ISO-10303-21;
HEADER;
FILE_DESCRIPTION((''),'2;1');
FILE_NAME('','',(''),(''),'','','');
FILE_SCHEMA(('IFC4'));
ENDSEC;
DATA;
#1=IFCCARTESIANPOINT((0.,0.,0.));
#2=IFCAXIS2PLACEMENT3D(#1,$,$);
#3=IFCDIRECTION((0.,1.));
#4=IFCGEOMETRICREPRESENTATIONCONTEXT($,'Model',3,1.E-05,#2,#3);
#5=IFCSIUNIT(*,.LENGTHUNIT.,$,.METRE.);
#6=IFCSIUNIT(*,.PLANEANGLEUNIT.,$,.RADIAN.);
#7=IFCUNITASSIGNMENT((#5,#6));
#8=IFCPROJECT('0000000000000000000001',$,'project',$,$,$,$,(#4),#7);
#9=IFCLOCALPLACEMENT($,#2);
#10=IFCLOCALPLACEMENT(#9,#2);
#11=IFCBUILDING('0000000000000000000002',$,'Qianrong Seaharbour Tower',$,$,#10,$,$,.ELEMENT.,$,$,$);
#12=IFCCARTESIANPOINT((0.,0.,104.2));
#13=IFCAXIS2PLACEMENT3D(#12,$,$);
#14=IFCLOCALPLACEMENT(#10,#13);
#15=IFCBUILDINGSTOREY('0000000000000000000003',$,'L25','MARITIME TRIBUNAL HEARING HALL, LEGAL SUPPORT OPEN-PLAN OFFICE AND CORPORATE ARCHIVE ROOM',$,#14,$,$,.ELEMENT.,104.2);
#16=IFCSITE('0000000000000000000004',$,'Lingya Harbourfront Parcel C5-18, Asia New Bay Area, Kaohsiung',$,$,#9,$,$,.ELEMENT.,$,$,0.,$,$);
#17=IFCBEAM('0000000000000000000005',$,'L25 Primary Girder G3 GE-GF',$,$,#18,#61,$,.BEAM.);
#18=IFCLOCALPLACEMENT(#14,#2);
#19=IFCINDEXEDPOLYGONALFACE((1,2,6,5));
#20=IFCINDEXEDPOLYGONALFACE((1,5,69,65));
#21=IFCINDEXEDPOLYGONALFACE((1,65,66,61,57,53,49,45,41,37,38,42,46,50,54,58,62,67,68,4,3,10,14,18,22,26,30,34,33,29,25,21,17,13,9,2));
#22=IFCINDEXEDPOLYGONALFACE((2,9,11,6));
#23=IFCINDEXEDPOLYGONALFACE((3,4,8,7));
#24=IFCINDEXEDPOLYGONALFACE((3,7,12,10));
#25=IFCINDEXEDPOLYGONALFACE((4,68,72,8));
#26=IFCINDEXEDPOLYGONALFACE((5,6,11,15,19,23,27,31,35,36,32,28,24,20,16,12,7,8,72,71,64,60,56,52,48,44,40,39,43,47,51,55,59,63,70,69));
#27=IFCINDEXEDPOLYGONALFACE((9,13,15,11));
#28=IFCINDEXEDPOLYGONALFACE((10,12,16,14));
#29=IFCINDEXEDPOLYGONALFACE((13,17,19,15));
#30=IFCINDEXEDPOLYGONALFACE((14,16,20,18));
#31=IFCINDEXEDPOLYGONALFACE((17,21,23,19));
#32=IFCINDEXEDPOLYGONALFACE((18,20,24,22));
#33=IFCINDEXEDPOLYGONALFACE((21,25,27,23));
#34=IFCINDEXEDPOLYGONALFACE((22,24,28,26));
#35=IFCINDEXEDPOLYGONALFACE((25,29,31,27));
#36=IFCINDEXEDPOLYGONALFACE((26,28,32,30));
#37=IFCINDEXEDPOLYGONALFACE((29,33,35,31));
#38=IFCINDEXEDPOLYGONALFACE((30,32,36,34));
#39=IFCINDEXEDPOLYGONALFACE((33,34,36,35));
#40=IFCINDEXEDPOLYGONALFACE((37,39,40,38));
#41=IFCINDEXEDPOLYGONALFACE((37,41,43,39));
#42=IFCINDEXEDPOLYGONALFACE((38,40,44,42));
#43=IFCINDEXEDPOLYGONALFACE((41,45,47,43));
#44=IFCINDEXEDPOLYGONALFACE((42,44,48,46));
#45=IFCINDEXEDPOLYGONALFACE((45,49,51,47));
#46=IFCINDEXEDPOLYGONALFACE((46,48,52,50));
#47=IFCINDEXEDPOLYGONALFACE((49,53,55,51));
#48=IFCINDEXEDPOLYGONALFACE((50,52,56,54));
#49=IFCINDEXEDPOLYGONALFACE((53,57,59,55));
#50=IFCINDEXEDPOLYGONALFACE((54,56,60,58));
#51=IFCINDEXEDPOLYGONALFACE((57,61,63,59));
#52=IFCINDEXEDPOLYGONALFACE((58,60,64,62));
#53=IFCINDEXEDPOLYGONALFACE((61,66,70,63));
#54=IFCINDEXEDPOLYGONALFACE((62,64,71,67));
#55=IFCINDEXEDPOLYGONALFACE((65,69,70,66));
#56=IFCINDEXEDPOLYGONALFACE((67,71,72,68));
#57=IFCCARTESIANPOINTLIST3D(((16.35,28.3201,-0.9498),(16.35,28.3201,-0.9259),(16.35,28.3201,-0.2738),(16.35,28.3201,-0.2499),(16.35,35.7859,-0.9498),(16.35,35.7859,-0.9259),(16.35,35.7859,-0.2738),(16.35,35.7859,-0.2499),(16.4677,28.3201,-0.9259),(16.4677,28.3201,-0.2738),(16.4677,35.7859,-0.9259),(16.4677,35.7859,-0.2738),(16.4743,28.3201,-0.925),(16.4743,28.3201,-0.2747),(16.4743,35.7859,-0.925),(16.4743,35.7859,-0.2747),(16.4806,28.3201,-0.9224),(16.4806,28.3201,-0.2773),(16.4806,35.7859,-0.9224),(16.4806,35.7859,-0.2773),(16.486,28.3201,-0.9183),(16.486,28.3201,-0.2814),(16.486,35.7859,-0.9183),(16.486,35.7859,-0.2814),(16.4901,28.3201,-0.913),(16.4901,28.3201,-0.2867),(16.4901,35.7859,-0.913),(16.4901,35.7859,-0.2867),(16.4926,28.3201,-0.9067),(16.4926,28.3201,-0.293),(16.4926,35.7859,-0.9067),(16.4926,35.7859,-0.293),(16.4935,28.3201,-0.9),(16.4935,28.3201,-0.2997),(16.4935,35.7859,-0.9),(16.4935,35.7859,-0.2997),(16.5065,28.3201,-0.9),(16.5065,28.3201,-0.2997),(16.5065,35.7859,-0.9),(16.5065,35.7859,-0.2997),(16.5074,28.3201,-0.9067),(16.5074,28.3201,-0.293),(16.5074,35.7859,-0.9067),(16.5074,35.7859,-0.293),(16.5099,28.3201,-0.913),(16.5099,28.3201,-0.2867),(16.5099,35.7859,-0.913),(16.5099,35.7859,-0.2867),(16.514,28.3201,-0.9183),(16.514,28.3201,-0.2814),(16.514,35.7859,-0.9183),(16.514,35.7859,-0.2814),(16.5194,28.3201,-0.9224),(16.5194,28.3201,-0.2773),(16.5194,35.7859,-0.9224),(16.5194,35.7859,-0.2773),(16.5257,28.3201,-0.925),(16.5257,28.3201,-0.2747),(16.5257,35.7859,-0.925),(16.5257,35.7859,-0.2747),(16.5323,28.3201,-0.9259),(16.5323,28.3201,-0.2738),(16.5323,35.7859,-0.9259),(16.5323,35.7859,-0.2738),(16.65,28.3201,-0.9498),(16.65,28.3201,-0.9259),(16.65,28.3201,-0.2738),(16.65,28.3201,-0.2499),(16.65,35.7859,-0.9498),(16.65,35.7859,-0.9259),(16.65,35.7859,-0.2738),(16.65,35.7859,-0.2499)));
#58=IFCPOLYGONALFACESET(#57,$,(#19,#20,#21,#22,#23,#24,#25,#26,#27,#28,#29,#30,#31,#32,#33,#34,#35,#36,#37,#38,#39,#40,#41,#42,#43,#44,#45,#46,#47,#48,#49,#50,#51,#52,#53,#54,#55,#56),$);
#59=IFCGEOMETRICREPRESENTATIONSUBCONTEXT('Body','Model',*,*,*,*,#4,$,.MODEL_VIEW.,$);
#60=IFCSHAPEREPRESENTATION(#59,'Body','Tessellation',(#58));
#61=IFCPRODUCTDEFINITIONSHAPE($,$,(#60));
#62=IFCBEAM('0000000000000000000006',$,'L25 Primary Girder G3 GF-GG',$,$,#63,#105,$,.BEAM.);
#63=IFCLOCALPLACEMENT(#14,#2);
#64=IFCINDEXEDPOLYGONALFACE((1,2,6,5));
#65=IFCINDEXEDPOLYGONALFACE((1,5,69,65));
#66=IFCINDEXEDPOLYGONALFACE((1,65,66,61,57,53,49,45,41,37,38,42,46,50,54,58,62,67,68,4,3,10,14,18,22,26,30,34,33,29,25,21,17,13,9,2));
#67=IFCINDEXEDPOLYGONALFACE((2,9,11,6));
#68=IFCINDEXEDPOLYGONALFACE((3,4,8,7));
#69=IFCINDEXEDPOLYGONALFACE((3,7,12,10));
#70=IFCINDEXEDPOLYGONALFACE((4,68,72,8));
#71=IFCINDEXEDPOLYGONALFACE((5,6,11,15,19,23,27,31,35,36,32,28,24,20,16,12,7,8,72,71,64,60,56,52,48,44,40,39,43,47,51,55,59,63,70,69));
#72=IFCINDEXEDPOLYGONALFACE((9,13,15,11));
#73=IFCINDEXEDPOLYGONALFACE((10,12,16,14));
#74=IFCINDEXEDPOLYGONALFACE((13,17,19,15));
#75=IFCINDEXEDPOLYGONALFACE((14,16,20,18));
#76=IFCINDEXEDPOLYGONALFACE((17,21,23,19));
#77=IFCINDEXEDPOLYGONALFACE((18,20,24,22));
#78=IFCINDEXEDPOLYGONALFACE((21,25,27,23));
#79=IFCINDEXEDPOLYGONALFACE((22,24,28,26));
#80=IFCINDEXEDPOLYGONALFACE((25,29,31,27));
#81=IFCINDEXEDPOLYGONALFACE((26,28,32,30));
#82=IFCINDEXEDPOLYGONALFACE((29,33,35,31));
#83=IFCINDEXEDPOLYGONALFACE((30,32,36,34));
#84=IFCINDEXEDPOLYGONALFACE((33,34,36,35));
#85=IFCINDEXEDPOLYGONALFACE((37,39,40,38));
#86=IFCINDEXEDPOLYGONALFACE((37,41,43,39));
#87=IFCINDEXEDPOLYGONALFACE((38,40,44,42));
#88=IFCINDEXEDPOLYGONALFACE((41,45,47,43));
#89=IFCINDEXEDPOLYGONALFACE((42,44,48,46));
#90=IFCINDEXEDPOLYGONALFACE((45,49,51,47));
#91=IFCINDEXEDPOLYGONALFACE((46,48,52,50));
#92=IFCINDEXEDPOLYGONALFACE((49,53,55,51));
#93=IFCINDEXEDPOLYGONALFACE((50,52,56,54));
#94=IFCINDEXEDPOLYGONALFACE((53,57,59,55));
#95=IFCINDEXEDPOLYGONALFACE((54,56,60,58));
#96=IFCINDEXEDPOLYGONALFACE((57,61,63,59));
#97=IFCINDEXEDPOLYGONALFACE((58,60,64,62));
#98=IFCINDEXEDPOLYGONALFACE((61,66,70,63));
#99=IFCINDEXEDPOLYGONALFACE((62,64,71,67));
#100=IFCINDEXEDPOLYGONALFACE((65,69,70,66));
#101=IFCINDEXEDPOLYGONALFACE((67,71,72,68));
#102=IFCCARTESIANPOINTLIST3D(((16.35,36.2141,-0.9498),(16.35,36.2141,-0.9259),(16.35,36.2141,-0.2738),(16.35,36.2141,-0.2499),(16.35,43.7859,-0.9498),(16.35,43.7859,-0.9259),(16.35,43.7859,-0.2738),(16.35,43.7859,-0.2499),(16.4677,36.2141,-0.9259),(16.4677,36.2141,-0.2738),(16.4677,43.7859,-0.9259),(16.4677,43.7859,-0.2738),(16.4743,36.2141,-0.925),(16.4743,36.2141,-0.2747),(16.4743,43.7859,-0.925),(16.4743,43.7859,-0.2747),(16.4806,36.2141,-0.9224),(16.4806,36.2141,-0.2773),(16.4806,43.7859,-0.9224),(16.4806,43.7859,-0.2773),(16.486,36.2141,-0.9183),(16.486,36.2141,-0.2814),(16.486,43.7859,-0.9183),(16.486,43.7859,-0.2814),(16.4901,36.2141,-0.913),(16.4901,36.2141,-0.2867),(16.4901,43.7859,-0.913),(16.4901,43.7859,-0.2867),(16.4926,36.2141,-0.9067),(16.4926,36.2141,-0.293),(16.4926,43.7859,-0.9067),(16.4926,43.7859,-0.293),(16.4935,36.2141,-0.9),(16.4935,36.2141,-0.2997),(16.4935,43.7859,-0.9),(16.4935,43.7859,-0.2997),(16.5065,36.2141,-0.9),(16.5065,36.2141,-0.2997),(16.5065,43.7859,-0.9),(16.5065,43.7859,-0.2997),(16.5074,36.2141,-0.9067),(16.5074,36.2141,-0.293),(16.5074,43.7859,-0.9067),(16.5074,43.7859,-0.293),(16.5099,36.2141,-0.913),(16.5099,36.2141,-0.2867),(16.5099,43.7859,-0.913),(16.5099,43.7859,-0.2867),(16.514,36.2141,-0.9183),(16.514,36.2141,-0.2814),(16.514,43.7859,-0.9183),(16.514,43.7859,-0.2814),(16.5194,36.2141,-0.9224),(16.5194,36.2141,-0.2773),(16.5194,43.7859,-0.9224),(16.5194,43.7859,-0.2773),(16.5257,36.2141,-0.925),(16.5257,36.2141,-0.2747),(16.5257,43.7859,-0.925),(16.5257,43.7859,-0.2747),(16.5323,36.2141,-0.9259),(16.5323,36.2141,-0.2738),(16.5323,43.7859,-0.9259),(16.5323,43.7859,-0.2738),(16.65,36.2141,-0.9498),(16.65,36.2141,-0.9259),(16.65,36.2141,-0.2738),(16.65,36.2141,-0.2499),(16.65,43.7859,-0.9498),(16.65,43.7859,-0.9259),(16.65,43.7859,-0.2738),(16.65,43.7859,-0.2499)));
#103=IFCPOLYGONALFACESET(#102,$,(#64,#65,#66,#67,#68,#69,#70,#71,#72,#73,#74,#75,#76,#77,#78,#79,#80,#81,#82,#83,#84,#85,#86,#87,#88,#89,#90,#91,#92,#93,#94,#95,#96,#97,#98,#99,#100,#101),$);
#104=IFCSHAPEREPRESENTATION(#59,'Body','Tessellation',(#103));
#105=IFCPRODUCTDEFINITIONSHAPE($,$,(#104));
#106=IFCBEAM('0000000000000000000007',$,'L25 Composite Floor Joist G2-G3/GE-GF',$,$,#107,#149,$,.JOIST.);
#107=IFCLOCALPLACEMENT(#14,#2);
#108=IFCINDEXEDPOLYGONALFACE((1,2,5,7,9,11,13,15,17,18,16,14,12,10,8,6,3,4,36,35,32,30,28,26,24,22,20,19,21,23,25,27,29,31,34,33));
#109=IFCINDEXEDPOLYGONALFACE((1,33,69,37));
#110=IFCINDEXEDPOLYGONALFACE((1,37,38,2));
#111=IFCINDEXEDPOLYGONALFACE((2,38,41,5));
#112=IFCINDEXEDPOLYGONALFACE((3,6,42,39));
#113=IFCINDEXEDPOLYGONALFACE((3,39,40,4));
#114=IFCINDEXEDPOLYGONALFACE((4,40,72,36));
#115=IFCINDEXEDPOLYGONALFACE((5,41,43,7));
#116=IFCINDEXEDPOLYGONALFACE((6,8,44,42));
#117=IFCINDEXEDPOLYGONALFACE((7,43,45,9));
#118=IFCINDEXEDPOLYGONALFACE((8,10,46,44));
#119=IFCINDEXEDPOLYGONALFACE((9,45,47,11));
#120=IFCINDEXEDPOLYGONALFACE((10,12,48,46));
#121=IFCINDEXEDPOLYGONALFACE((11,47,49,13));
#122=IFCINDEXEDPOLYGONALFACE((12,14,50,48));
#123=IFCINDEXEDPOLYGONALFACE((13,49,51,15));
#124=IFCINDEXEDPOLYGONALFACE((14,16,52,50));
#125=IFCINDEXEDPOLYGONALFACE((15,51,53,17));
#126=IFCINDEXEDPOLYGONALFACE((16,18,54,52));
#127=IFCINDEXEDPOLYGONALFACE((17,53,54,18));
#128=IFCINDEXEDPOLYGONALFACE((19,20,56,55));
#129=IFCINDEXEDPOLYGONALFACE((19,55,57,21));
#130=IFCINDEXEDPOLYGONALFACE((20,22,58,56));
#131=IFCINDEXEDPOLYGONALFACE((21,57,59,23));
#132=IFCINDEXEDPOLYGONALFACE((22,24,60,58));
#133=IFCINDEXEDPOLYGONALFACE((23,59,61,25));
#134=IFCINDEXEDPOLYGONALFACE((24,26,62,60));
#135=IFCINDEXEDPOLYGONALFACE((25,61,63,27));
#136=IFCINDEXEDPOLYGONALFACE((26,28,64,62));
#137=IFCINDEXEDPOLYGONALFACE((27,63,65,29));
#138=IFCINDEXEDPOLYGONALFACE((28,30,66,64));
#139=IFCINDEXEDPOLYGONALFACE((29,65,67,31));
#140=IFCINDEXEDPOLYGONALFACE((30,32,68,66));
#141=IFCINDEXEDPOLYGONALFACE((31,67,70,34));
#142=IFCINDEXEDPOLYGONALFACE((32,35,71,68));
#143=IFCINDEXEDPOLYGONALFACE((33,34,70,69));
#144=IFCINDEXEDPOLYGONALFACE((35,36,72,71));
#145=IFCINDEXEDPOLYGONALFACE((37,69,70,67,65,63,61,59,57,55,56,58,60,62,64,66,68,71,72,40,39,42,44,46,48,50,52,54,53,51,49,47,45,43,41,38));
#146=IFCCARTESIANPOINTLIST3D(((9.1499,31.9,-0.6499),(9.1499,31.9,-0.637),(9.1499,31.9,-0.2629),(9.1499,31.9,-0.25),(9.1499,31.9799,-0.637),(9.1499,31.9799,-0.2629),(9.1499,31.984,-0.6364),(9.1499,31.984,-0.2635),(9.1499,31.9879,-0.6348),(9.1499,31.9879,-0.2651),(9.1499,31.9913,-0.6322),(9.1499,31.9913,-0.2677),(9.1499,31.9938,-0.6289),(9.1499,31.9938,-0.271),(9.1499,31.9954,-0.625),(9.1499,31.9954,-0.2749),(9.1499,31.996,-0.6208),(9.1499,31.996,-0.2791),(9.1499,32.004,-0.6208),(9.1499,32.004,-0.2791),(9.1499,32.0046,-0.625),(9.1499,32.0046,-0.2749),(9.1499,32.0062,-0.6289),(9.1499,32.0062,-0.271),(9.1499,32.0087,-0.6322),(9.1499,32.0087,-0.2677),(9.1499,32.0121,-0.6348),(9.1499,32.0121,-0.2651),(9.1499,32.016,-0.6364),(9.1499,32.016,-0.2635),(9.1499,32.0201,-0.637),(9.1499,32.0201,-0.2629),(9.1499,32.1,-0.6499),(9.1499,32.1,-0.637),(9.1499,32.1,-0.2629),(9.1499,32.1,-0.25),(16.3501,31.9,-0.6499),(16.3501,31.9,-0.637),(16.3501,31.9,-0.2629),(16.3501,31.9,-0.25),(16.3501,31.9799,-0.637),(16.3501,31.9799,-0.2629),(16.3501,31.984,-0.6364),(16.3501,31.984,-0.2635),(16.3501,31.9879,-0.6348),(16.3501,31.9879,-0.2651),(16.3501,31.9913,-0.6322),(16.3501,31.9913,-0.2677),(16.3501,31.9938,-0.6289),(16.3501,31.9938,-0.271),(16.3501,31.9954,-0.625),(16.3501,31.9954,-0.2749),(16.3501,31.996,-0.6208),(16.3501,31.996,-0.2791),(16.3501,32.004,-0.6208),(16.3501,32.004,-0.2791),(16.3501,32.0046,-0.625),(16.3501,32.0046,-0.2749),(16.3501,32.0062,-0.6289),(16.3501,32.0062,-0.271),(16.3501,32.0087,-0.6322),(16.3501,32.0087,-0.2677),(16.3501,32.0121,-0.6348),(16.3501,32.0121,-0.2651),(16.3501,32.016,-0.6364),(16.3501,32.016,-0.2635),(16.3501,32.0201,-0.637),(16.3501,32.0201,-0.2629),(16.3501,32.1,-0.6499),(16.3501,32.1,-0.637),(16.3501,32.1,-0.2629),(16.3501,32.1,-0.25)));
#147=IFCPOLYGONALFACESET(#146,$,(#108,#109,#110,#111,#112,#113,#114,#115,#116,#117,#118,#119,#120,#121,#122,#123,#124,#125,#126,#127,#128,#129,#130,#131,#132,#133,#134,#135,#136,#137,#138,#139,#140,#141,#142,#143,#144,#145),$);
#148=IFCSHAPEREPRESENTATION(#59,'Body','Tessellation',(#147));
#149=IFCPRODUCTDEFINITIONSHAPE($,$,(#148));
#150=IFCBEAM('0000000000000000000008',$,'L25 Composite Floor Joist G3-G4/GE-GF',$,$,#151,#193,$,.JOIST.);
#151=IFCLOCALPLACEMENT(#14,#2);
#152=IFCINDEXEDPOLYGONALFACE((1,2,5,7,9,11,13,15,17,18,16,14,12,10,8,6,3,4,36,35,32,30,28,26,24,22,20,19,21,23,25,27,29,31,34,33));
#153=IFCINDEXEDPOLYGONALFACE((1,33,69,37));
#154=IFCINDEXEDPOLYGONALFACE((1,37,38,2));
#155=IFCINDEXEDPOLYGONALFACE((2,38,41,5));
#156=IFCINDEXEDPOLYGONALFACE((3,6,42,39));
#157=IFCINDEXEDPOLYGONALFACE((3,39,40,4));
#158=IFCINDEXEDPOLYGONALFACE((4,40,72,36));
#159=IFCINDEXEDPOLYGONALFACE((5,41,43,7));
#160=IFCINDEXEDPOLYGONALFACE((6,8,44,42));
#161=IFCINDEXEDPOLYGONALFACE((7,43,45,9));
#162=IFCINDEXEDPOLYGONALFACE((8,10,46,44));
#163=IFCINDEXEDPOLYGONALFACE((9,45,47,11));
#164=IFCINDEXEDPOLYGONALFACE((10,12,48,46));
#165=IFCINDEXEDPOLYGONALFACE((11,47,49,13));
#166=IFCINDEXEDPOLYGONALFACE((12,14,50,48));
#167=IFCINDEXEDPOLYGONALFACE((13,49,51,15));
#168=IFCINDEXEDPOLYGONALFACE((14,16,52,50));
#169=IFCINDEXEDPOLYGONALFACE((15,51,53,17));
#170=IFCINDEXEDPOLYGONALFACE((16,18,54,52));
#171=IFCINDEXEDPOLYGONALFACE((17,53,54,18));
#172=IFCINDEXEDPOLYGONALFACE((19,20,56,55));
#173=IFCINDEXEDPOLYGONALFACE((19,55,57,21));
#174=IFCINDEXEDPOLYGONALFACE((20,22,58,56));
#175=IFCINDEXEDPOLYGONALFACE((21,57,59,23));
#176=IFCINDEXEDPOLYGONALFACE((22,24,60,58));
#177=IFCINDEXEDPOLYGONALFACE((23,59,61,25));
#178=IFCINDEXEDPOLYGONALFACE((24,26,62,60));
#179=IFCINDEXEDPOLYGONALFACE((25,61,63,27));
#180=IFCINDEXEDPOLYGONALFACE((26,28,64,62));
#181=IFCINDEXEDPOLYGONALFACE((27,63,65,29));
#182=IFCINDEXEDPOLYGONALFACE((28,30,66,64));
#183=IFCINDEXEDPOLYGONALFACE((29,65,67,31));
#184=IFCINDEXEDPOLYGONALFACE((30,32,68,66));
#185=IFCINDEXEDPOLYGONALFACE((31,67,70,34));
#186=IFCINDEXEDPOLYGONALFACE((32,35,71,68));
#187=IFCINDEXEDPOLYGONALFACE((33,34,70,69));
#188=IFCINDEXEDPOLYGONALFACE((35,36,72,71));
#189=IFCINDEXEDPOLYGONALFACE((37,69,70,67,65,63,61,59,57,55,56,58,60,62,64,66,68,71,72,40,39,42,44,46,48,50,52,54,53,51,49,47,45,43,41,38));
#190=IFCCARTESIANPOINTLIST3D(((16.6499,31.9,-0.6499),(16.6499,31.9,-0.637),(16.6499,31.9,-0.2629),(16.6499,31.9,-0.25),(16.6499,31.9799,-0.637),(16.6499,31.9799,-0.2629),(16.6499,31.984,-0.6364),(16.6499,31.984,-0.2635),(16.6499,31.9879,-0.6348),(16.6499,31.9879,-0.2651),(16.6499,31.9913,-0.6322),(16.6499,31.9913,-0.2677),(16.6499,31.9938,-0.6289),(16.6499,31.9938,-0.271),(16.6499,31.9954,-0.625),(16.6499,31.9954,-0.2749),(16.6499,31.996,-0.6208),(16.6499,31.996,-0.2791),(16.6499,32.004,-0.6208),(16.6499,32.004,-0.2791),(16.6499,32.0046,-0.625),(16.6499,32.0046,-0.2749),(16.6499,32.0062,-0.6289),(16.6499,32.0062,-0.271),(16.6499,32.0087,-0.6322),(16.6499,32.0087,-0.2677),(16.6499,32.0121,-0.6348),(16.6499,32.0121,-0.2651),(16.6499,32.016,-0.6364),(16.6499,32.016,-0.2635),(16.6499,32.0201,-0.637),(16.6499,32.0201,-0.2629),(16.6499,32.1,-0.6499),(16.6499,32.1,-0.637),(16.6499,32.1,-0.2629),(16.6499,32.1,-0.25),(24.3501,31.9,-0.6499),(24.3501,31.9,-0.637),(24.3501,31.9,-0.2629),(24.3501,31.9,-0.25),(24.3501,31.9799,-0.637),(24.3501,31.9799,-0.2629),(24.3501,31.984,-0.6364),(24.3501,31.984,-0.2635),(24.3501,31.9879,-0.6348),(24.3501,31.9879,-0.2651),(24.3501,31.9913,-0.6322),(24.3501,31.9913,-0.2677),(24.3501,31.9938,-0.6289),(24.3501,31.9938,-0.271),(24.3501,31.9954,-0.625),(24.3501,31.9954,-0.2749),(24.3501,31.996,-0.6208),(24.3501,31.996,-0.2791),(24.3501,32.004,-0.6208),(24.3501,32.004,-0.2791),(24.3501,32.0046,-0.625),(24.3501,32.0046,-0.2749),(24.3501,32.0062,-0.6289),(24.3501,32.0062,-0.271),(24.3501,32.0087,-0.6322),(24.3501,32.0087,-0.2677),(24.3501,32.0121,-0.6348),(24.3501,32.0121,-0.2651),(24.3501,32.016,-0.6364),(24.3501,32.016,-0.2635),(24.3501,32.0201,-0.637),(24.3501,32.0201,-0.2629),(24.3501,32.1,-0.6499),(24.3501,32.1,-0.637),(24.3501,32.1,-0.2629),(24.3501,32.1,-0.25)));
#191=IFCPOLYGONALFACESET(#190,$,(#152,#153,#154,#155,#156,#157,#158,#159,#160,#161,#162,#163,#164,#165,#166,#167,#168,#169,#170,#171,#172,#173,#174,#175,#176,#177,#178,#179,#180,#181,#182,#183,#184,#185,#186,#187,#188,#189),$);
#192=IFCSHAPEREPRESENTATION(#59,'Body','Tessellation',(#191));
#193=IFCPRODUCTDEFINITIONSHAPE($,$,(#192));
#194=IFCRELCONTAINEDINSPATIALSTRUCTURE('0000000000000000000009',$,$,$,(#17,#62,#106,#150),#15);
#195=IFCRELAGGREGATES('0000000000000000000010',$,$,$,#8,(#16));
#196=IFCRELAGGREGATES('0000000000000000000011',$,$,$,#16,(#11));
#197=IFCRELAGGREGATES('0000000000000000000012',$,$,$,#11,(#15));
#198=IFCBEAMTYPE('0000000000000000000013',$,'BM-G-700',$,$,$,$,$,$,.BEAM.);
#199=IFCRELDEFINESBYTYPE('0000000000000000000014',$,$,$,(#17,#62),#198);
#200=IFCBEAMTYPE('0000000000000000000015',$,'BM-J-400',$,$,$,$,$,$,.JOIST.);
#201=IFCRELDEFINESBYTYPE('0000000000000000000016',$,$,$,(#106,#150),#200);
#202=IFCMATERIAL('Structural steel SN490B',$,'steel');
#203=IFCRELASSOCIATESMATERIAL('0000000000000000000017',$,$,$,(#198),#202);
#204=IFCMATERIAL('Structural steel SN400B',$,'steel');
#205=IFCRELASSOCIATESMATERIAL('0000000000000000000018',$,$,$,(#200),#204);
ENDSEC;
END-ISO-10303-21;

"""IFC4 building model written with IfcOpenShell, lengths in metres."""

from ifc_helpers import new_model, si_unit, direction, frame, origin, origin_2d, place, context, subcontext, project, spatial, i_section, extrude, material, material_profile, profile_set, type_object, element, save


model = new_model("IFC4")

# Units and contexts
model_context = context("Model", 3, precision=1e-05, world=origin(), true_north=direction((0.0, 1.0)))
body_context = subcontext(model_context, "Body", "Model", "MODEL_VIEW")
ifc_project = project(units=[si_unit("LENGTHUNIT", "METRE"), si_unit("PLANEANGLEUNIT", "RADIAN")], contexts=[model_context])

# Site, building, storey
site_placement = place(None, origin())
site = spatial("IfcSite", under=ifc_project, at=site_placement, Name="Lingya Harbourfront Parcel C5-18, Asia New Bay Area, Kaohsiung", CompositionType="ELEMENT", RefElevation=0.0)
building_placement = place(site_placement, origin())
building = spatial("IfcBuilding", under=site, at=building_placement, Name="Qianrong Seaharbour Tower", CompositionType="ELEMENT")
storey_placement = place(building_placement, frame((0.0, 0.0, 104.2)))
storey = spatial("IfcBuildingStorey", under=building, at=storey_placement, Name="L25", Description="MARITIME TRIBUNAL HEARING HALL, LEGAL SUPPORT OPEN-PLAN OFFICE AND CORPORATE ARCHIVE ROOM", CompositionType="ELEMENT", Elevation=104.2)

# Shared definitions
ifc_material_1 = material(Name="Structural steel SN490B", Category="steel")

# Beams
ifc_material_profile_1 = material_profile(ifc_material_1, i_section(OverallWidth=0.3, OverallDepth=0.7, WebThickness=0.0129, FlangeThickness=0.0239, FilletRadius=0.0259, at=origin_2d()), Name="H700x300x13x24")
ifc_profile_set_1 = profile_set([ifc_material_profile_1], Name="Structural steel SN490B")
beam_type_1 = type_object("IfcBeamType", Name="BM-G-700", PredefinedType="BEAM", material=ifc_profile_set_1)
beam_1_placement = place(storey_placement, frame((16.5, 28.3201, -0.5999), z_axis=(0.0, 1.0, 0.0), x_axis=(-1.0, 0.0, 0.0)))
element("IfcBeam", 1, at=beam_1_placement, inside=storey, type_object=beam_type_1, Name="L25 Primary Girder G3 GE-GF", PredefinedType="BEAM", context=body_context, shape_type="SweptSolid", body=[
    extrude(i_section(OverallWidth=0.3, OverallDepth=0.7, WebThickness=0.0129, FlangeThickness=0.0239, FilletRadius=0.0259, at=origin_2d()), origin(), (0.0, 0.0, 1.0), 7.4658),
])
beam_2_placement = place(storey_placement, frame((16.5, 36.2141, -0.5999), z_axis=(0.0, 1.0, 0.0), x_axis=(-1.0, 0.0, 0.0)))
element("IfcBeam", 2, at=beam_2_placement, inside=storey, type_object=beam_type_1, Name="L25 Primary Girder G3 GF-GG", PredefinedType="BEAM", context=body_context, shape_type="SweptSolid", body=[
    extrude(i_section(OverallWidth=0.3, OverallDepth=0.7, WebThickness=0.0129, FlangeThickness=0.0239, FilletRadius=0.0259, at=origin_2d()), origin(), (0.0, 0.0, 1.0), 7.5718),
])
ifc_material_2 = material(Name="Structural steel SN400B", Category="steel")
ifc_material_profile_2 = material_profile(ifc_material_2, i_section(OverallWidth=0.2, OverallDepth=0.3999, WebThickness=0.0081, FlangeThickness=0.0129, FilletRadius=0.0161, at=origin_2d()), Name="H400x200x8x13")
ifc_profile_set_2 = profile_set([ifc_material_profile_2], Name="Structural steel SN400B")
beam_type_2 = type_object("IfcBeamType", Name="BM-J-400", PredefinedType="JOIST", material=ifc_profile_set_2)
beam_3_placement = place(storey_placement, frame((9.1499, 32.0, -0.45), z_axis=(1.0, 0.0, 0.0), x_axis=(0.0, 1.0, 0.0)))
element("IfcBeam", 3, at=beam_3_placement, inside=storey, type_object=beam_type_2, Name="L25 Composite Floor Joist G2-G3/GE-GF", PredefinedType="JOIST", context=body_context, shape_type="SweptSolid", body=[
    extrude(i_section(OverallWidth=0.2, OverallDepth=0.3999, WebThickness=0.0081, FlangeThickness=0.0129, FilletRadius=0.0161, at=origin_2d()), origin(), (0.0, 0.0, 1.0), 7.2002),
])
beam_4_placement = place(storey_placement, frame((16.6499, 32.0, -0.45), z_axis=(1.0, 0.0, 0.0), x_axis=(0.0, 1.0, 0.0)))
element("IfcBeam", 4, at=beam_4_placement, inside=storey, type_object=beam_type_2, Name="L25 Composite Floor Joist G3-G4/GE-GF", PredefinedType="JOIST", context=body_context, shape_type="SweptSolid", body=[
    extrude(i_section(OverallWidth=0.2, OverallDepth=0.3999, WebThickness=0.0081, FlangeThickness=0.0129, FilletRadius=0.0161, at=origin_2d()), origin(), (0.0, 0.0, 1.0), 7.7002),
])

save(model, "model.ifc")
